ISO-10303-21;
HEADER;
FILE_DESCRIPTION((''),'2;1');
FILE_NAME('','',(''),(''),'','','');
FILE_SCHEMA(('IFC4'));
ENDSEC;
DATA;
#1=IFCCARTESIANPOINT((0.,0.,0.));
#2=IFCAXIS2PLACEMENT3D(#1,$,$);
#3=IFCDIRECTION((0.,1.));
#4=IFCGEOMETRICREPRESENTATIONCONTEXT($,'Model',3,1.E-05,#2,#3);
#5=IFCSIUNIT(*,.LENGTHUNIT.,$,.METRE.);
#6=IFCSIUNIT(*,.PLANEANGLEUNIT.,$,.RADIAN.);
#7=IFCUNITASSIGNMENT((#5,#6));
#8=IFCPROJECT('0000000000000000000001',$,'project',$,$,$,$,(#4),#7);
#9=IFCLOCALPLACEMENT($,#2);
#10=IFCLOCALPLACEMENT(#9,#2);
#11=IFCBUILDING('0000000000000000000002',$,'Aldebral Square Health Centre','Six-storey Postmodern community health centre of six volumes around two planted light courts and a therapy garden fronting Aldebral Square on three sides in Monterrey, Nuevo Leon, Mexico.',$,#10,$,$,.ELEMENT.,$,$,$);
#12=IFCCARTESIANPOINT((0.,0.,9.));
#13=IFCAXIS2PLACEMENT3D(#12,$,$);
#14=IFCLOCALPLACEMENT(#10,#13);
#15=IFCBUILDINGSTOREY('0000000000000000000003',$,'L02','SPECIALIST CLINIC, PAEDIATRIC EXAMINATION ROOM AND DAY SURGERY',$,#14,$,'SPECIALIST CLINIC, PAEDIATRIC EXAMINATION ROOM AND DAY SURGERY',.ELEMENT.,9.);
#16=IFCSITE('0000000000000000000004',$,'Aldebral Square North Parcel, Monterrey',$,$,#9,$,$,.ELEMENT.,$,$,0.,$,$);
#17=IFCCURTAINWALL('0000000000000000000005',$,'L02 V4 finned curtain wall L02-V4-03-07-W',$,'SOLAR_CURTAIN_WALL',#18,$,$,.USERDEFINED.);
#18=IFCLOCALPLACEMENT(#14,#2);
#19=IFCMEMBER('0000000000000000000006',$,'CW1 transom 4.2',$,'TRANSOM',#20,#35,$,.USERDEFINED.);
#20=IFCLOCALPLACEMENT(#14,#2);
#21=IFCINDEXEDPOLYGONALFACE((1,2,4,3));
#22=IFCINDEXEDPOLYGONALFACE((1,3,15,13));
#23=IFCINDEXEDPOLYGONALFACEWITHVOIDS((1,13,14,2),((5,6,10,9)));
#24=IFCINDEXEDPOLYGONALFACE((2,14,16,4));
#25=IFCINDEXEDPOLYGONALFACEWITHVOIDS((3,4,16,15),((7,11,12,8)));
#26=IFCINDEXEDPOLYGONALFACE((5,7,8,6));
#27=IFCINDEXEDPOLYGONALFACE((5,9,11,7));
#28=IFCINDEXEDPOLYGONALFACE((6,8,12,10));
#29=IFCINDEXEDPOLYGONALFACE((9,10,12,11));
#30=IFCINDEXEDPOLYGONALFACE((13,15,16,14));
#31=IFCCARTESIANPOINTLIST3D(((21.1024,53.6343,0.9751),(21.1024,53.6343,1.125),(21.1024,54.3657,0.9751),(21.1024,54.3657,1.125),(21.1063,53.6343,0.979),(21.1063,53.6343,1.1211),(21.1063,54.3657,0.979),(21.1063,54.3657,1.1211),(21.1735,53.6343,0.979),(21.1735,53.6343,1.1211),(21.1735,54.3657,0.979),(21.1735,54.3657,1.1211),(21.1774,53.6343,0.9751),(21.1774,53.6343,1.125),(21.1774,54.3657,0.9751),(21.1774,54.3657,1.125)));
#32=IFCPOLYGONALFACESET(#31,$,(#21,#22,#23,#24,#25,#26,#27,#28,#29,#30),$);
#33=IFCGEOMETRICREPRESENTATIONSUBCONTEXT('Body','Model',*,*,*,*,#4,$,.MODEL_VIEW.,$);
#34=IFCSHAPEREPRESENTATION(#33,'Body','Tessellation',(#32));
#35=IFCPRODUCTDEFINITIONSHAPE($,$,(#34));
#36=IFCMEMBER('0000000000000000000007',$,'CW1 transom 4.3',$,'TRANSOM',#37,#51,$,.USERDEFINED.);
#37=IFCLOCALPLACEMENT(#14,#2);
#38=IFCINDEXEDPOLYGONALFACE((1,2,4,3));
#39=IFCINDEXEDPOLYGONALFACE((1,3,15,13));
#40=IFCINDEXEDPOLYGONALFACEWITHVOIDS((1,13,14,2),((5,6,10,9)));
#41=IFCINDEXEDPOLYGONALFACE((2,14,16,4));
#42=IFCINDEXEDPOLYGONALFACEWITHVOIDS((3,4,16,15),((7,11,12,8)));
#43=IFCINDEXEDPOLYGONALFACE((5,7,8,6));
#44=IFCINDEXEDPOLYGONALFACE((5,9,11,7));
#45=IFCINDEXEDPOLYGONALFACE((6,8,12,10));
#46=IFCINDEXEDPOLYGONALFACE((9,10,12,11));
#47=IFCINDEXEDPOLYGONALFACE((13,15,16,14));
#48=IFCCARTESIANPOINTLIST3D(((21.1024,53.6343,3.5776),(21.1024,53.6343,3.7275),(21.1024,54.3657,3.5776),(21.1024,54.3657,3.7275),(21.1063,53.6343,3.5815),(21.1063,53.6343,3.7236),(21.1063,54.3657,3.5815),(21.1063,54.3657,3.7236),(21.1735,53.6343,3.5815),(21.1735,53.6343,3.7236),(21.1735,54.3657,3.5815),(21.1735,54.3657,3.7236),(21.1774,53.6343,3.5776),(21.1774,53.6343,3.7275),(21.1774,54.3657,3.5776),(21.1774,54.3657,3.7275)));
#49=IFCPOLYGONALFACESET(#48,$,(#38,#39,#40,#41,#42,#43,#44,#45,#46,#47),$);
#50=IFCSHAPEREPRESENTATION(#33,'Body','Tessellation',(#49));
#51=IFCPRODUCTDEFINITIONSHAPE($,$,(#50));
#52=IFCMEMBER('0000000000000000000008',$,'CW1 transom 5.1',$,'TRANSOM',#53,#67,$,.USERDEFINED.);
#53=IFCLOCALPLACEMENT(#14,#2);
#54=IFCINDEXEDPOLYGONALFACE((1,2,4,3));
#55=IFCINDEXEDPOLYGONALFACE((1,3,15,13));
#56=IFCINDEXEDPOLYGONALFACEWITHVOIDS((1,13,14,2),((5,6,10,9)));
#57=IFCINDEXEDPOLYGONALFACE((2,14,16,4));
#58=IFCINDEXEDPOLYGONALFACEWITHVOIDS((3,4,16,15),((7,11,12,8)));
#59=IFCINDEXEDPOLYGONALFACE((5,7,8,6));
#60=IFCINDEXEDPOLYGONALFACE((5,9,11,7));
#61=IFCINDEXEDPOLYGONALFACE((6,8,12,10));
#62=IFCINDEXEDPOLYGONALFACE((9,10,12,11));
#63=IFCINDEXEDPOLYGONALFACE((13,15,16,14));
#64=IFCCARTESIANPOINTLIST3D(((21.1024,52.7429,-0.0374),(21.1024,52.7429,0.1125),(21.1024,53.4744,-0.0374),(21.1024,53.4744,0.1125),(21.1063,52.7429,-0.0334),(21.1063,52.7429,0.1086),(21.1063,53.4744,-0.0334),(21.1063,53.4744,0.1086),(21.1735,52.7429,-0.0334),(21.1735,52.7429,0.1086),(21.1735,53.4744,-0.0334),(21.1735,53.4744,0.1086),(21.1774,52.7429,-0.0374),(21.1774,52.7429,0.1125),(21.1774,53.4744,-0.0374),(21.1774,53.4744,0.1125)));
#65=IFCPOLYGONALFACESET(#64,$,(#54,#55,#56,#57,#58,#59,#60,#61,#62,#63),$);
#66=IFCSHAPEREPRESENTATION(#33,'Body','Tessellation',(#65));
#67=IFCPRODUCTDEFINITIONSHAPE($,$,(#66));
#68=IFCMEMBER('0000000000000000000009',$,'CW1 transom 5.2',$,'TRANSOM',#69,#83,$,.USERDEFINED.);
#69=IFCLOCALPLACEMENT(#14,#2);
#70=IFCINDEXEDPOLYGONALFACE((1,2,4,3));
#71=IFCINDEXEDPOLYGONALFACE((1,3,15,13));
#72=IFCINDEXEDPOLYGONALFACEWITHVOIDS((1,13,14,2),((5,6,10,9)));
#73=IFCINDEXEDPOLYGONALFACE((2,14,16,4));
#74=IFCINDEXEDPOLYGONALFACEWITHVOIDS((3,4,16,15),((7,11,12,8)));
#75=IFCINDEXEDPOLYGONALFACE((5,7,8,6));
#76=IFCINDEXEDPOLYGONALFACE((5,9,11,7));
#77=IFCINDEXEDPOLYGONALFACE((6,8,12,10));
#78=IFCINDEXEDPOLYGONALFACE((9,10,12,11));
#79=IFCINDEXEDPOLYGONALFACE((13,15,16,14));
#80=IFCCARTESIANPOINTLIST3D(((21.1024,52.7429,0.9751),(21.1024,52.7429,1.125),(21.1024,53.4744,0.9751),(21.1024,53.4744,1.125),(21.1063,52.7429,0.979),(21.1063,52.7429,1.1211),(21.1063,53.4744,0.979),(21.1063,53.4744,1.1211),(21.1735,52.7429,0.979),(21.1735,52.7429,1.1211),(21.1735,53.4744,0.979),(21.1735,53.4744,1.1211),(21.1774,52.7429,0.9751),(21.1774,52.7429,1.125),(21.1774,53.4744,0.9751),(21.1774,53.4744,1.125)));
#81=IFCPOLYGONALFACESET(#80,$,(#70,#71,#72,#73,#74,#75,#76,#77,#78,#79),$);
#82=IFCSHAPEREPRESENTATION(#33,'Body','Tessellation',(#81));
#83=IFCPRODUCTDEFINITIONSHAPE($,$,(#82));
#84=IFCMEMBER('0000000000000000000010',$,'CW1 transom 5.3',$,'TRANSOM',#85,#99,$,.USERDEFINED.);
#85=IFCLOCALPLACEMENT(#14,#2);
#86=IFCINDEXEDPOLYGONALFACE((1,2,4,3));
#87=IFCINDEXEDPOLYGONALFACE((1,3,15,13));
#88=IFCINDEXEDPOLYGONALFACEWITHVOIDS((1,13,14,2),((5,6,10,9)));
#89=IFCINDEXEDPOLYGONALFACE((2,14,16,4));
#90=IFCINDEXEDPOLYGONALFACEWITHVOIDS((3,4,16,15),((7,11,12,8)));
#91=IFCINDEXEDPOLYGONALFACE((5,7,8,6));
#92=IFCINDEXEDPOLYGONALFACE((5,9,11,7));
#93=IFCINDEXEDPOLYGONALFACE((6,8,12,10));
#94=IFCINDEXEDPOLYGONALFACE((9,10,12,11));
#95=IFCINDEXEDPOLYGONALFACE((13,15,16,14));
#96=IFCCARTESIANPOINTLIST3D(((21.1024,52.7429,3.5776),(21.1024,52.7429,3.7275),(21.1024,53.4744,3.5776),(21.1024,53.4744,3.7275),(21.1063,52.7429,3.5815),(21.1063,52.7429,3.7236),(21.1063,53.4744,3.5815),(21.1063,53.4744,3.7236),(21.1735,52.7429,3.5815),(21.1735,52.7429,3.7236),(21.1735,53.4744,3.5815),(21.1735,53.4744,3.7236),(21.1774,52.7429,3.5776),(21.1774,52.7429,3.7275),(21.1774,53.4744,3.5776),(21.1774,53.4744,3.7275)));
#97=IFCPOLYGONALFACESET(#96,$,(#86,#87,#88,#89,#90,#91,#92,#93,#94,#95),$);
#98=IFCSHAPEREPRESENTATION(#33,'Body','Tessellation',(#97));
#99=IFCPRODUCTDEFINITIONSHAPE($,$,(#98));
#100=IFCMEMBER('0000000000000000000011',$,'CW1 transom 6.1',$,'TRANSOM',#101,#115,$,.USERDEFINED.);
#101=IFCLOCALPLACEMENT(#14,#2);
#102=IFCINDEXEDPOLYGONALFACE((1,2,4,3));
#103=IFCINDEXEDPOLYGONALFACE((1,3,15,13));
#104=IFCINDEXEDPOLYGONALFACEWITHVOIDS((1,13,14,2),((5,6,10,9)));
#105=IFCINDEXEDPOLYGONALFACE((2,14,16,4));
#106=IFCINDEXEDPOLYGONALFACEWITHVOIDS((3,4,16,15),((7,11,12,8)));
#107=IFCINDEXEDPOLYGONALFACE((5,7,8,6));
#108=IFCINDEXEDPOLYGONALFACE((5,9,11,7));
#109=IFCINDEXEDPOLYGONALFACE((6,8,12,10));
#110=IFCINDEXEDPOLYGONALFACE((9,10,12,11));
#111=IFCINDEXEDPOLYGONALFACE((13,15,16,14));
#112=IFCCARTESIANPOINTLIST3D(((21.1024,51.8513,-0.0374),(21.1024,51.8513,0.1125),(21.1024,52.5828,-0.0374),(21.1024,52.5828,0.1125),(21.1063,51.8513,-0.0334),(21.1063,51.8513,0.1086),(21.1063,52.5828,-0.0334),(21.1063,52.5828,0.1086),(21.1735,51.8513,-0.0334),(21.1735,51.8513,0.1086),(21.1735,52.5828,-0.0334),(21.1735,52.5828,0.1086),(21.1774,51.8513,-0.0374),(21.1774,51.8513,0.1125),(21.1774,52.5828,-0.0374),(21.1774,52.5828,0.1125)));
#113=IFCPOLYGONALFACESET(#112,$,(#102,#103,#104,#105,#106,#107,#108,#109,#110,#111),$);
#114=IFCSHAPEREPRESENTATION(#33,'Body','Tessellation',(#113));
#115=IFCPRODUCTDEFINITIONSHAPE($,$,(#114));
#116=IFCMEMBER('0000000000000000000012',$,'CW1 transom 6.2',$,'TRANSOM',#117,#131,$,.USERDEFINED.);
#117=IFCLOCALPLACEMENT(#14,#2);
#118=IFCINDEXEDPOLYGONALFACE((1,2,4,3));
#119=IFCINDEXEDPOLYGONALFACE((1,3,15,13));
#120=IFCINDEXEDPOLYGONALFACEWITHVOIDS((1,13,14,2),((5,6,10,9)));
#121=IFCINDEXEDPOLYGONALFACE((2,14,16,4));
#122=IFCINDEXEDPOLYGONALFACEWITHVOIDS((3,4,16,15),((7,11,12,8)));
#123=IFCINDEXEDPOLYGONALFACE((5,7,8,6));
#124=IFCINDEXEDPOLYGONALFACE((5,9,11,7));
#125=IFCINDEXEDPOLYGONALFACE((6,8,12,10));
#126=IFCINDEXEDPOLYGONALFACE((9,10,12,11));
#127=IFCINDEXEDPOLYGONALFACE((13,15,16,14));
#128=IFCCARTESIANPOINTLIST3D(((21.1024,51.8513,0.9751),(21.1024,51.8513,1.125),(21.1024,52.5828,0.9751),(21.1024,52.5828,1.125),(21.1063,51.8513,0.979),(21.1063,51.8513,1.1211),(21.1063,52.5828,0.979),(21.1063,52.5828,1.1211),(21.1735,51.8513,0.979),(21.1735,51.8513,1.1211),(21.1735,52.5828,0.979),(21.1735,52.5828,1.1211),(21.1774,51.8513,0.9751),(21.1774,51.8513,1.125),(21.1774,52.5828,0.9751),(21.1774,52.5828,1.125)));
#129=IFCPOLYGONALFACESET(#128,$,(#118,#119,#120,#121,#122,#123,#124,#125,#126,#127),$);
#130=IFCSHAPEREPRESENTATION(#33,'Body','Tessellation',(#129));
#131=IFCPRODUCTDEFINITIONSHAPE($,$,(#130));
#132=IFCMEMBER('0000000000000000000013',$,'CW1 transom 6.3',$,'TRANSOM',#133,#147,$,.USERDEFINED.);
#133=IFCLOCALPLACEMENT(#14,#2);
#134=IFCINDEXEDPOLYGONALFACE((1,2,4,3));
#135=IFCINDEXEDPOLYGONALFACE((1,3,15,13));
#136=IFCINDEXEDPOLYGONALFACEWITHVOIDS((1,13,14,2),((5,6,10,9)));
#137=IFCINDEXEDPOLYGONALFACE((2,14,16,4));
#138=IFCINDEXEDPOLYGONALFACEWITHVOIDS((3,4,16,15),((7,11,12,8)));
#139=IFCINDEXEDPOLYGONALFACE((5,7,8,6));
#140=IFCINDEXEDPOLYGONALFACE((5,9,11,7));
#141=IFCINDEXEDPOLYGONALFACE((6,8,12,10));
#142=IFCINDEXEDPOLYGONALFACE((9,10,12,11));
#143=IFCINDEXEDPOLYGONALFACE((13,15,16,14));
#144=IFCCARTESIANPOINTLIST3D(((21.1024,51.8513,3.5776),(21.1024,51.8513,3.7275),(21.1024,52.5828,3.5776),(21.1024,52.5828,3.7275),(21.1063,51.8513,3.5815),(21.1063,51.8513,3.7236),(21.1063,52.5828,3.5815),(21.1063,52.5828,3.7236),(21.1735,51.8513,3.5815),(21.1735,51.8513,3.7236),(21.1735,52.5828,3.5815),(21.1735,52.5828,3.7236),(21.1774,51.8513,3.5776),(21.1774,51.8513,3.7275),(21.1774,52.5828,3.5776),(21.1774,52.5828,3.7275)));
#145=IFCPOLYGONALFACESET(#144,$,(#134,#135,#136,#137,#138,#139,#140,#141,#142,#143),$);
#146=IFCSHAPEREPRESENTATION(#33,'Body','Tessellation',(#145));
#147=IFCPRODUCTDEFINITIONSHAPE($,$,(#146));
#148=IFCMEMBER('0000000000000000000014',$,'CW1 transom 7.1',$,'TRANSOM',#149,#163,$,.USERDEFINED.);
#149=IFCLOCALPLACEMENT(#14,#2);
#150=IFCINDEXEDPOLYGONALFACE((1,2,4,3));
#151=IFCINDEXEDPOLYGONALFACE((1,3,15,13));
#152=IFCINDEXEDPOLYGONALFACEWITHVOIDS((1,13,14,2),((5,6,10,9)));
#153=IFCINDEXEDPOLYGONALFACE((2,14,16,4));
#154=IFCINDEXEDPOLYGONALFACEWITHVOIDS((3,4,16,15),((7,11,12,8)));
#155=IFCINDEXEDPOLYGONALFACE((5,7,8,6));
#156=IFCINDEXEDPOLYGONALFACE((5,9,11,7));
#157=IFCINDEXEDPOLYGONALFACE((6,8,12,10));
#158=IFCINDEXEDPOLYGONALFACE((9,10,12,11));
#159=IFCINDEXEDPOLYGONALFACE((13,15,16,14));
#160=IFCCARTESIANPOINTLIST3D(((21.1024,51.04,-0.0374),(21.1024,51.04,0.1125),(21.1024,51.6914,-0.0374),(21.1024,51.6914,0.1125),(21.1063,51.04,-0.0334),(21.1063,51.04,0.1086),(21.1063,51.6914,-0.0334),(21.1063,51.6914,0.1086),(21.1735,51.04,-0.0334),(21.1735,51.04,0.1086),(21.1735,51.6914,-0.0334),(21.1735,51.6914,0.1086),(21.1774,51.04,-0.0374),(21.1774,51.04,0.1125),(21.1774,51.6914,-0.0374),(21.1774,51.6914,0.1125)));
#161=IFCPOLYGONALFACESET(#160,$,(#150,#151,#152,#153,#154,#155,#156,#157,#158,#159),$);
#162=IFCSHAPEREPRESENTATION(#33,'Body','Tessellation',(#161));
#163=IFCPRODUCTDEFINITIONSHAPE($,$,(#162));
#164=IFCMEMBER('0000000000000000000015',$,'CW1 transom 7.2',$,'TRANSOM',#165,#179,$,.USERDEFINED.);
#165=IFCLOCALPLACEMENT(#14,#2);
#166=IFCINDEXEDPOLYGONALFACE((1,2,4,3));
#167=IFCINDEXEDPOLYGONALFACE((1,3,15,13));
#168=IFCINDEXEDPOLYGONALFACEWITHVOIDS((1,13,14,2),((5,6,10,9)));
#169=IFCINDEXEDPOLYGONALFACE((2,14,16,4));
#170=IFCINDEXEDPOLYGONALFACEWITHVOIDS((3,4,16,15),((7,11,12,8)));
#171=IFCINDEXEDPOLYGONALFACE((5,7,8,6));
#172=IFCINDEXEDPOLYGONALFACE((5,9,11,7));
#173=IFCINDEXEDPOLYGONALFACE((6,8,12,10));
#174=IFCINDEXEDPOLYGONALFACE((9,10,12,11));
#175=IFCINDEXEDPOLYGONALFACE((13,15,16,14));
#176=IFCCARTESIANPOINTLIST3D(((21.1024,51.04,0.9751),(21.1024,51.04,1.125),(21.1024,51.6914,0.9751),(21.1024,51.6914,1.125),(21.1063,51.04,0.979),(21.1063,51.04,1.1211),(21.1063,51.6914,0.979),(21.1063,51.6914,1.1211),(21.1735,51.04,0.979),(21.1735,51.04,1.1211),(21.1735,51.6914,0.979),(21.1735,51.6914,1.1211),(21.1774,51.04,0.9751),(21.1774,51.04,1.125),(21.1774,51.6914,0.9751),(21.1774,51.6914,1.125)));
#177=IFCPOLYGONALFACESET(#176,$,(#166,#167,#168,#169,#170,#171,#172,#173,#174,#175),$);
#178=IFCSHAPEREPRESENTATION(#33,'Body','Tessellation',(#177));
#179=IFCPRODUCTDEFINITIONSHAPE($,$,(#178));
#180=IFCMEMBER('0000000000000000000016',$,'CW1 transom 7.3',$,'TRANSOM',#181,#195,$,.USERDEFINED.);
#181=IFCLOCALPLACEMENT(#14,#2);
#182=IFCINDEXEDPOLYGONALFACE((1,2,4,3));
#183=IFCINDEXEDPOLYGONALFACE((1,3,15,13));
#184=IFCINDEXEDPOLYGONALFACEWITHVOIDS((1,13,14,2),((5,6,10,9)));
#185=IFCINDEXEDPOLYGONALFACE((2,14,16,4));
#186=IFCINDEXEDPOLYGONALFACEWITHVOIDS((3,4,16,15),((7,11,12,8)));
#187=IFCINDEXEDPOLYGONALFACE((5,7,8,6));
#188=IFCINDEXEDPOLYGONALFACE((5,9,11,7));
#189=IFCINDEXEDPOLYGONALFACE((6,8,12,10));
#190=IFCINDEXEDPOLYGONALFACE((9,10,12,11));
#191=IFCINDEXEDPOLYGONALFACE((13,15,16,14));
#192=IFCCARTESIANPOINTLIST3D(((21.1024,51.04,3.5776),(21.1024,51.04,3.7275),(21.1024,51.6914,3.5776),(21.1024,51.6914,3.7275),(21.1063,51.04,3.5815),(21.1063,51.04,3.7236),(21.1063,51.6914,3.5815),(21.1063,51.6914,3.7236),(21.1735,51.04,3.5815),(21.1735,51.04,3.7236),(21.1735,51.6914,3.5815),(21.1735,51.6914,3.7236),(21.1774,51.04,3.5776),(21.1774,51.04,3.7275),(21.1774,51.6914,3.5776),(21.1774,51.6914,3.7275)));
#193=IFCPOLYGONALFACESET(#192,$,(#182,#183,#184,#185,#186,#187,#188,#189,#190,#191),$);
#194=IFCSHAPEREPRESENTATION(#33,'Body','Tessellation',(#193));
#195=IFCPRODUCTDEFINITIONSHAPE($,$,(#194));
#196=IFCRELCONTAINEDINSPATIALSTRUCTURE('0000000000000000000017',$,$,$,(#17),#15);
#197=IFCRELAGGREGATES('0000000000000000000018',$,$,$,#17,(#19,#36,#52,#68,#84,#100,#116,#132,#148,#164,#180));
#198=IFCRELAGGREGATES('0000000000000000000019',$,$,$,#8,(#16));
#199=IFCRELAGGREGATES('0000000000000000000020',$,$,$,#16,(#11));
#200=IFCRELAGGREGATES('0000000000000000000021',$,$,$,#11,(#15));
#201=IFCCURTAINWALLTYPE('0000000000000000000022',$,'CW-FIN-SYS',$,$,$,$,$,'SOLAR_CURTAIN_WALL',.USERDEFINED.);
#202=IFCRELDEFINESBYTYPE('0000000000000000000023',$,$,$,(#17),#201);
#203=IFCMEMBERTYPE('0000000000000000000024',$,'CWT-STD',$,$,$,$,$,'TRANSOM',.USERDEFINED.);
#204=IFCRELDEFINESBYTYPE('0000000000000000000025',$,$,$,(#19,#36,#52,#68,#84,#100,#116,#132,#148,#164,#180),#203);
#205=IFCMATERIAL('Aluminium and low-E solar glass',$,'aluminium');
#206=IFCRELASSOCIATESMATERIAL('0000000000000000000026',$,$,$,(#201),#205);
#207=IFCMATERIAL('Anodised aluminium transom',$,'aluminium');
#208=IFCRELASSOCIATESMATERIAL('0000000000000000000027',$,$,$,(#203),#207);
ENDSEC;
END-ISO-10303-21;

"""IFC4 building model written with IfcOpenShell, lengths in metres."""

from ifc_helpers import new_model, si_unit, direction, frame, origin, origin_2d, place, context, subcontext, project, spatial, hollow_rectangle, extrude, material, material_profile, profile_set, type_object, element, aggregate, save


model = new_model("IFC4")

# Units and contexts
model_context = context("Model", 3, precision=1e-05, world=origin(), true_north=direction((0.0, 1.0)))
body_context = subcontext(model_context, "Body", "Model", "MODEL_VIEW")
ifc_project = project(units=[si_unit("LENGTHUNIT", "METRE"), si_unit("PLANEANGLEUNIT", "RADIAN")], contexts=[model_context])

# Site, building, storey
site_placement = place(None, origin())
site = spatial("IfcSite", under=ifc_project, at=site_placement, Name="Aldebral Square North Parcel, Monterrey", CompositionType="ELEMENT", RefElevation=0.0)
building_placement = place(site_placement, origin())
building = spatial("IfcBuilding", under=site, at=building_placement, Name="Aldebral Square Health Centre", Description="Six-storey Postmodern community health centre of six volumes around two planted light courts and a therapy garden fronting Aldebral Square on three sides in Monterrey, Nuevo Leon, Mexico.", CompositionType="ELEMENT")
storey_placement = place(building_placement, frame((0.0, 0.0, 9.0)))
storey = spatial("IfcBuildingStorey", under=building, at=storey_placement, Name="L02", Description="SPECIALIST CLINIC, PAEDIATRIC EXAMINATION ROOM AND DAY SURGERY", LongName="SPECIALIST CLINIC, PAEDIATRIC EXAMINATION ROOM AND DAY SURGERY", CompositionType="ELEMENT", Elevation=9.0)

# Curtain wall, members
ifc_material_1 = material(Name="Aluminium and low-E solar glass", Category="aluminium")
curtain_wall_type = type_object("IfcCurtainWallType", Name="CW-FIN-SYS", ElementType="SOLAR_CURTAIN_WALL", PredefinedType="USERDEFINED", material=ifc_material_1)
curtain_wall_placement = place(storey_placement, origin())
curtain_wall = element("IfcCurtainWall", 1, at=curtain_wall_placement, inside=storey, type_object=curtain_wall_type, Name="L02 V4 finned curtain wall L02-V4-03-07-W", ObjectType="SOLAR_CURTAIN_WALL", PredefinedType="USERDEFINED")
ifc_material_2 = material(Name="Anodised aluminium transom", Category="aluminium")
ifc_material_profile_1 = material_profile(ifc_material_2, hollow_rectangle(XDim=0.075, YDim=0.1499, WallThickness=0.0039, at=origin_2d()), Name="CWT 75x150x4")
ifc_profile_set_1 = profile_set([ifc_material_profile_1], Name="Anodised aluminium transom")
member_type_1 = type_object("IfcMemberType", Name="CWT-STD", ElementType="TRANSOM", PredefinedType="USERDEFINED", material=ifc_profile_set_1)
member_1_placement = place(storey_placement, frame((21.1399, 54.3657, 1.05), z_axis=(0.0, -1.0, 0.0), x_axis=(1.0, 0.0, 0.0)))
member_1 = element("IfcMember", 2, at=member_1_placement, type_object=member_type_1, Name="CW1 transom 4.2", ObjectType="TRANSOM", PredefinedType="USERDEFINED", context=body_context, shape_type="SweptSolid", body=[
    extrude(hollow_rectangle(XDim=0.075, YDim=0.1499, WallThickness=0.0039, at=origin_2d()), origin(), (0.0, 0.0, 1.0), 0.7314),
])
member_2_placement = place(storey_placement, frame((21.1399, 54.3657, 3.6526), z_axis=(0.0, -1.0, 0.0), x_axis=(1.0, 0.0, 0.0)))
member_2 = element("IfcMember", 3, at=member_2_placement, type_object=member_type_1, Name="CW1 transom 4.3", ObjectType="TRANSOM", PredefinedType="USERDEFINED", context=body_context, shape_type="SweptSolid", body=[
    extrude(hollow_rectangle(XDim=0.075, YDim=0.1499, WallThickness=0.0039, at=origin_2d()), origin(), (0.0, 0.0, 1.0), 0.7314),
])
member_3_placement = place(storey_placement, frame((21.1399, 53.4744, 0.0376), z_axis=(0.0, -1.0, 0.0), x_axis=(1.0, 0.0, 0.0)))
member_3 = element("IfcMember", 4, at=member_3_placement, type_object=member_type_1, Name="CW1 transom 5.1", ObjectType="TRANSOM", PredefinedType="USERDEFINED", context=body_context, shape_type="SweptSolid", body=[
    extrude(hollow_rectangle(XDim=0.075, YDim=0.1499, WallThickness=0.0039, at=origin_2d()), origin(), (0.0, 0.0, 1.0), 0.7314),
])
member_4_placement = place(storey_placement, frame((21.1399, 53.4744, 1.05), z_axis=(0.0, -1.0, 0.0), x_axis=(1.0, 0.0, 0.0)))
member_4 = element("IfcMember", 5, at=member_4_placement, type_object=member_type_1, Name="CW1 transom 5.2", ObjectType="TRANSOM", PredefinedType="USERDEFINED", context=body_context, shape_type="SweptSolid", body=[
    extrude(hollow_rectangle(XDim=0.075, YDim=0.1499, WallThickness=0.0039, at=origin_2d()), origin(), (0.0, 0.0, 1.0), 0.7314),
])
member_5_placement = place(storey_placement, frame((21.1399, 53.4744, 3.6526), z_axis=(0.0, -1.0, 0.0), x_axis=(1.0, 0.0, 0.0)))
member_5 = element("IfcMember", 6, at=member_5_placement, type_object=member_type_1, Name="CW1 transom 5.3", ObjectType="TRANSOM", PredefinedType="USERDEFINED", context=body_context, shape_type="SweptSolid", body=[
    extrude(hollow_rectangle(XDim=0.075, YDim=0.1499, WallThickness=0.0039, at=origin_2d()), origin(), (0.0, 0.0, 1.0), 0.7314),
])
member_6_placement = place(storey_placement, frame((21.1399, 52.5828, 0.0376), z_axis=(0.0, -1.0, 0.0), x_axis=(1.0, 0.0, 0.0)))
member_6 = element("IfcMember", 7, at=member_6_placement, type_object=member_type_1, Name="CW1 transom 6.1", ObjectType="TRANSOM", PredefinedType="USERDEFINED", context=body_context, shape_type="SweptSolid", body=[
    extrude(hollow_rectangle(XDim=0.075, YDim=0.1499, WallThickness=0.0039, at=origin_2d()), origin(), (0.0, 0.0, 1.0), 0.7314),
])
member_7_placement = place(storey_placement, frame((21.1399, 52.5828, 1.05), z_axis=(0.0, -1.0, 0.0), x_axis=(1.0, 0.0, 0.0)))
member_7 = element("IfcMember", 8, at=member_7_placement, type_object=member_type_1, Name="CW1 transom 6.2", ObjectType="TRANSOM", PredefinedType="USERDEFINED", context=body_context, shape_type="SweptSolid", body=[
    extrude(hollow_rectangle(XDim=0.075, YDim=0.1499, WallThickness=0.0039, at=origin_2d()), origin(), (0.0, 0.0, 1.0), 0.7314),
])
member_8_placement = place(storey_placement, frame((21.1399, 52.5828, 3.6526), z_axis=(0.0, -1.0, 0.0), x_axis=(1.0, 0.0, 0.0)))
member_8 = element("IfcMember", 9, at=member_8_placement, type_object=member_type_1, Name="CW1 transom 6.3", ObjectType="TRANSOM", PredefinedType="USERDEFINED", context=body_context, shape_type="SweptSolid", body=[
    extrude(hollow_rectangle(XDim=0.075, YDim=0.1499, WallThickness=0.0039, at=origin_2d()), origin(), (0.0, 0.0, 1.0), 0.7314),
])
member_9_placement = place(storey_placement, frame((21.1399, 51.6914, 0.0376), z_axis=(0.0, -1.0, 0.0), x_axis=(1.0, 0.0, 0.0)))
member_9 = element("IfcMember", 10, at=member_9_placement, type_object=member_type_1, Name="CW1 transom 7.1", ObjectType="TRANSOM", PredefinedType="USERDEFINED", context=body_context, shape_type="SweptSolid", body=[
    extrude(hollow_rectangle(XDim=0.075, YDim=0.1499, WallThickness=0.0039, at=origin_2d()), origin(), (0.0, 0.0, 1.0), 0.6514),
])
member_10_placement = place(storey_placement, frame((21.1399, 51.6914, 1.05), z_axis=(0.0, -1.0, 0.0), x_axis=(1.0, 0.0, 0.0)))
member_10 = element("IfcMember", 11, at=member_10_placement, type_object=member_type_1, Name="CW1 transom 7.2", ObjectType="TRANSOM", PredefinedType="USERDEFINED", context=body_context, shape_type="SweptSolid", body=[
    extrude(hollow_rectangle(XDim=0.075, YDim=0.1499, WallThickness=0.0039, at=origin_2d()), origin(), (0.0, 0.0, 1.0), 0.6514),
])
member_11_placement = place(storey_placement, frame((21.1399, 51.6914, 3.6526), z_axis=(0.0, -1.0, 0.0), x_axis=(1.0, 0.0, 0.0)))
member_11 = element("IfcMember", 12, at=member_11_placement, type_object=member_type_1, Name="CW1 transom 7.3", ObjectType="TRANSOM", PredefinedType="USERDEFINED", context=body_context, shape_type="SweptSolid", body=[
    extrude(hollow_rectangle(XDim=0.075, YDim=0.1499, WallThickness=0.0039, at=origin_2d()), origin(), (0.0, 0.0, 1.0), 0.6514),
])
aggregate(curtain_wall, [member_1, member_2, member_3, member_4, member_5, member_6, member_7, member_8, member_9, member_10, member_11])

save(model, "model.ifc")
